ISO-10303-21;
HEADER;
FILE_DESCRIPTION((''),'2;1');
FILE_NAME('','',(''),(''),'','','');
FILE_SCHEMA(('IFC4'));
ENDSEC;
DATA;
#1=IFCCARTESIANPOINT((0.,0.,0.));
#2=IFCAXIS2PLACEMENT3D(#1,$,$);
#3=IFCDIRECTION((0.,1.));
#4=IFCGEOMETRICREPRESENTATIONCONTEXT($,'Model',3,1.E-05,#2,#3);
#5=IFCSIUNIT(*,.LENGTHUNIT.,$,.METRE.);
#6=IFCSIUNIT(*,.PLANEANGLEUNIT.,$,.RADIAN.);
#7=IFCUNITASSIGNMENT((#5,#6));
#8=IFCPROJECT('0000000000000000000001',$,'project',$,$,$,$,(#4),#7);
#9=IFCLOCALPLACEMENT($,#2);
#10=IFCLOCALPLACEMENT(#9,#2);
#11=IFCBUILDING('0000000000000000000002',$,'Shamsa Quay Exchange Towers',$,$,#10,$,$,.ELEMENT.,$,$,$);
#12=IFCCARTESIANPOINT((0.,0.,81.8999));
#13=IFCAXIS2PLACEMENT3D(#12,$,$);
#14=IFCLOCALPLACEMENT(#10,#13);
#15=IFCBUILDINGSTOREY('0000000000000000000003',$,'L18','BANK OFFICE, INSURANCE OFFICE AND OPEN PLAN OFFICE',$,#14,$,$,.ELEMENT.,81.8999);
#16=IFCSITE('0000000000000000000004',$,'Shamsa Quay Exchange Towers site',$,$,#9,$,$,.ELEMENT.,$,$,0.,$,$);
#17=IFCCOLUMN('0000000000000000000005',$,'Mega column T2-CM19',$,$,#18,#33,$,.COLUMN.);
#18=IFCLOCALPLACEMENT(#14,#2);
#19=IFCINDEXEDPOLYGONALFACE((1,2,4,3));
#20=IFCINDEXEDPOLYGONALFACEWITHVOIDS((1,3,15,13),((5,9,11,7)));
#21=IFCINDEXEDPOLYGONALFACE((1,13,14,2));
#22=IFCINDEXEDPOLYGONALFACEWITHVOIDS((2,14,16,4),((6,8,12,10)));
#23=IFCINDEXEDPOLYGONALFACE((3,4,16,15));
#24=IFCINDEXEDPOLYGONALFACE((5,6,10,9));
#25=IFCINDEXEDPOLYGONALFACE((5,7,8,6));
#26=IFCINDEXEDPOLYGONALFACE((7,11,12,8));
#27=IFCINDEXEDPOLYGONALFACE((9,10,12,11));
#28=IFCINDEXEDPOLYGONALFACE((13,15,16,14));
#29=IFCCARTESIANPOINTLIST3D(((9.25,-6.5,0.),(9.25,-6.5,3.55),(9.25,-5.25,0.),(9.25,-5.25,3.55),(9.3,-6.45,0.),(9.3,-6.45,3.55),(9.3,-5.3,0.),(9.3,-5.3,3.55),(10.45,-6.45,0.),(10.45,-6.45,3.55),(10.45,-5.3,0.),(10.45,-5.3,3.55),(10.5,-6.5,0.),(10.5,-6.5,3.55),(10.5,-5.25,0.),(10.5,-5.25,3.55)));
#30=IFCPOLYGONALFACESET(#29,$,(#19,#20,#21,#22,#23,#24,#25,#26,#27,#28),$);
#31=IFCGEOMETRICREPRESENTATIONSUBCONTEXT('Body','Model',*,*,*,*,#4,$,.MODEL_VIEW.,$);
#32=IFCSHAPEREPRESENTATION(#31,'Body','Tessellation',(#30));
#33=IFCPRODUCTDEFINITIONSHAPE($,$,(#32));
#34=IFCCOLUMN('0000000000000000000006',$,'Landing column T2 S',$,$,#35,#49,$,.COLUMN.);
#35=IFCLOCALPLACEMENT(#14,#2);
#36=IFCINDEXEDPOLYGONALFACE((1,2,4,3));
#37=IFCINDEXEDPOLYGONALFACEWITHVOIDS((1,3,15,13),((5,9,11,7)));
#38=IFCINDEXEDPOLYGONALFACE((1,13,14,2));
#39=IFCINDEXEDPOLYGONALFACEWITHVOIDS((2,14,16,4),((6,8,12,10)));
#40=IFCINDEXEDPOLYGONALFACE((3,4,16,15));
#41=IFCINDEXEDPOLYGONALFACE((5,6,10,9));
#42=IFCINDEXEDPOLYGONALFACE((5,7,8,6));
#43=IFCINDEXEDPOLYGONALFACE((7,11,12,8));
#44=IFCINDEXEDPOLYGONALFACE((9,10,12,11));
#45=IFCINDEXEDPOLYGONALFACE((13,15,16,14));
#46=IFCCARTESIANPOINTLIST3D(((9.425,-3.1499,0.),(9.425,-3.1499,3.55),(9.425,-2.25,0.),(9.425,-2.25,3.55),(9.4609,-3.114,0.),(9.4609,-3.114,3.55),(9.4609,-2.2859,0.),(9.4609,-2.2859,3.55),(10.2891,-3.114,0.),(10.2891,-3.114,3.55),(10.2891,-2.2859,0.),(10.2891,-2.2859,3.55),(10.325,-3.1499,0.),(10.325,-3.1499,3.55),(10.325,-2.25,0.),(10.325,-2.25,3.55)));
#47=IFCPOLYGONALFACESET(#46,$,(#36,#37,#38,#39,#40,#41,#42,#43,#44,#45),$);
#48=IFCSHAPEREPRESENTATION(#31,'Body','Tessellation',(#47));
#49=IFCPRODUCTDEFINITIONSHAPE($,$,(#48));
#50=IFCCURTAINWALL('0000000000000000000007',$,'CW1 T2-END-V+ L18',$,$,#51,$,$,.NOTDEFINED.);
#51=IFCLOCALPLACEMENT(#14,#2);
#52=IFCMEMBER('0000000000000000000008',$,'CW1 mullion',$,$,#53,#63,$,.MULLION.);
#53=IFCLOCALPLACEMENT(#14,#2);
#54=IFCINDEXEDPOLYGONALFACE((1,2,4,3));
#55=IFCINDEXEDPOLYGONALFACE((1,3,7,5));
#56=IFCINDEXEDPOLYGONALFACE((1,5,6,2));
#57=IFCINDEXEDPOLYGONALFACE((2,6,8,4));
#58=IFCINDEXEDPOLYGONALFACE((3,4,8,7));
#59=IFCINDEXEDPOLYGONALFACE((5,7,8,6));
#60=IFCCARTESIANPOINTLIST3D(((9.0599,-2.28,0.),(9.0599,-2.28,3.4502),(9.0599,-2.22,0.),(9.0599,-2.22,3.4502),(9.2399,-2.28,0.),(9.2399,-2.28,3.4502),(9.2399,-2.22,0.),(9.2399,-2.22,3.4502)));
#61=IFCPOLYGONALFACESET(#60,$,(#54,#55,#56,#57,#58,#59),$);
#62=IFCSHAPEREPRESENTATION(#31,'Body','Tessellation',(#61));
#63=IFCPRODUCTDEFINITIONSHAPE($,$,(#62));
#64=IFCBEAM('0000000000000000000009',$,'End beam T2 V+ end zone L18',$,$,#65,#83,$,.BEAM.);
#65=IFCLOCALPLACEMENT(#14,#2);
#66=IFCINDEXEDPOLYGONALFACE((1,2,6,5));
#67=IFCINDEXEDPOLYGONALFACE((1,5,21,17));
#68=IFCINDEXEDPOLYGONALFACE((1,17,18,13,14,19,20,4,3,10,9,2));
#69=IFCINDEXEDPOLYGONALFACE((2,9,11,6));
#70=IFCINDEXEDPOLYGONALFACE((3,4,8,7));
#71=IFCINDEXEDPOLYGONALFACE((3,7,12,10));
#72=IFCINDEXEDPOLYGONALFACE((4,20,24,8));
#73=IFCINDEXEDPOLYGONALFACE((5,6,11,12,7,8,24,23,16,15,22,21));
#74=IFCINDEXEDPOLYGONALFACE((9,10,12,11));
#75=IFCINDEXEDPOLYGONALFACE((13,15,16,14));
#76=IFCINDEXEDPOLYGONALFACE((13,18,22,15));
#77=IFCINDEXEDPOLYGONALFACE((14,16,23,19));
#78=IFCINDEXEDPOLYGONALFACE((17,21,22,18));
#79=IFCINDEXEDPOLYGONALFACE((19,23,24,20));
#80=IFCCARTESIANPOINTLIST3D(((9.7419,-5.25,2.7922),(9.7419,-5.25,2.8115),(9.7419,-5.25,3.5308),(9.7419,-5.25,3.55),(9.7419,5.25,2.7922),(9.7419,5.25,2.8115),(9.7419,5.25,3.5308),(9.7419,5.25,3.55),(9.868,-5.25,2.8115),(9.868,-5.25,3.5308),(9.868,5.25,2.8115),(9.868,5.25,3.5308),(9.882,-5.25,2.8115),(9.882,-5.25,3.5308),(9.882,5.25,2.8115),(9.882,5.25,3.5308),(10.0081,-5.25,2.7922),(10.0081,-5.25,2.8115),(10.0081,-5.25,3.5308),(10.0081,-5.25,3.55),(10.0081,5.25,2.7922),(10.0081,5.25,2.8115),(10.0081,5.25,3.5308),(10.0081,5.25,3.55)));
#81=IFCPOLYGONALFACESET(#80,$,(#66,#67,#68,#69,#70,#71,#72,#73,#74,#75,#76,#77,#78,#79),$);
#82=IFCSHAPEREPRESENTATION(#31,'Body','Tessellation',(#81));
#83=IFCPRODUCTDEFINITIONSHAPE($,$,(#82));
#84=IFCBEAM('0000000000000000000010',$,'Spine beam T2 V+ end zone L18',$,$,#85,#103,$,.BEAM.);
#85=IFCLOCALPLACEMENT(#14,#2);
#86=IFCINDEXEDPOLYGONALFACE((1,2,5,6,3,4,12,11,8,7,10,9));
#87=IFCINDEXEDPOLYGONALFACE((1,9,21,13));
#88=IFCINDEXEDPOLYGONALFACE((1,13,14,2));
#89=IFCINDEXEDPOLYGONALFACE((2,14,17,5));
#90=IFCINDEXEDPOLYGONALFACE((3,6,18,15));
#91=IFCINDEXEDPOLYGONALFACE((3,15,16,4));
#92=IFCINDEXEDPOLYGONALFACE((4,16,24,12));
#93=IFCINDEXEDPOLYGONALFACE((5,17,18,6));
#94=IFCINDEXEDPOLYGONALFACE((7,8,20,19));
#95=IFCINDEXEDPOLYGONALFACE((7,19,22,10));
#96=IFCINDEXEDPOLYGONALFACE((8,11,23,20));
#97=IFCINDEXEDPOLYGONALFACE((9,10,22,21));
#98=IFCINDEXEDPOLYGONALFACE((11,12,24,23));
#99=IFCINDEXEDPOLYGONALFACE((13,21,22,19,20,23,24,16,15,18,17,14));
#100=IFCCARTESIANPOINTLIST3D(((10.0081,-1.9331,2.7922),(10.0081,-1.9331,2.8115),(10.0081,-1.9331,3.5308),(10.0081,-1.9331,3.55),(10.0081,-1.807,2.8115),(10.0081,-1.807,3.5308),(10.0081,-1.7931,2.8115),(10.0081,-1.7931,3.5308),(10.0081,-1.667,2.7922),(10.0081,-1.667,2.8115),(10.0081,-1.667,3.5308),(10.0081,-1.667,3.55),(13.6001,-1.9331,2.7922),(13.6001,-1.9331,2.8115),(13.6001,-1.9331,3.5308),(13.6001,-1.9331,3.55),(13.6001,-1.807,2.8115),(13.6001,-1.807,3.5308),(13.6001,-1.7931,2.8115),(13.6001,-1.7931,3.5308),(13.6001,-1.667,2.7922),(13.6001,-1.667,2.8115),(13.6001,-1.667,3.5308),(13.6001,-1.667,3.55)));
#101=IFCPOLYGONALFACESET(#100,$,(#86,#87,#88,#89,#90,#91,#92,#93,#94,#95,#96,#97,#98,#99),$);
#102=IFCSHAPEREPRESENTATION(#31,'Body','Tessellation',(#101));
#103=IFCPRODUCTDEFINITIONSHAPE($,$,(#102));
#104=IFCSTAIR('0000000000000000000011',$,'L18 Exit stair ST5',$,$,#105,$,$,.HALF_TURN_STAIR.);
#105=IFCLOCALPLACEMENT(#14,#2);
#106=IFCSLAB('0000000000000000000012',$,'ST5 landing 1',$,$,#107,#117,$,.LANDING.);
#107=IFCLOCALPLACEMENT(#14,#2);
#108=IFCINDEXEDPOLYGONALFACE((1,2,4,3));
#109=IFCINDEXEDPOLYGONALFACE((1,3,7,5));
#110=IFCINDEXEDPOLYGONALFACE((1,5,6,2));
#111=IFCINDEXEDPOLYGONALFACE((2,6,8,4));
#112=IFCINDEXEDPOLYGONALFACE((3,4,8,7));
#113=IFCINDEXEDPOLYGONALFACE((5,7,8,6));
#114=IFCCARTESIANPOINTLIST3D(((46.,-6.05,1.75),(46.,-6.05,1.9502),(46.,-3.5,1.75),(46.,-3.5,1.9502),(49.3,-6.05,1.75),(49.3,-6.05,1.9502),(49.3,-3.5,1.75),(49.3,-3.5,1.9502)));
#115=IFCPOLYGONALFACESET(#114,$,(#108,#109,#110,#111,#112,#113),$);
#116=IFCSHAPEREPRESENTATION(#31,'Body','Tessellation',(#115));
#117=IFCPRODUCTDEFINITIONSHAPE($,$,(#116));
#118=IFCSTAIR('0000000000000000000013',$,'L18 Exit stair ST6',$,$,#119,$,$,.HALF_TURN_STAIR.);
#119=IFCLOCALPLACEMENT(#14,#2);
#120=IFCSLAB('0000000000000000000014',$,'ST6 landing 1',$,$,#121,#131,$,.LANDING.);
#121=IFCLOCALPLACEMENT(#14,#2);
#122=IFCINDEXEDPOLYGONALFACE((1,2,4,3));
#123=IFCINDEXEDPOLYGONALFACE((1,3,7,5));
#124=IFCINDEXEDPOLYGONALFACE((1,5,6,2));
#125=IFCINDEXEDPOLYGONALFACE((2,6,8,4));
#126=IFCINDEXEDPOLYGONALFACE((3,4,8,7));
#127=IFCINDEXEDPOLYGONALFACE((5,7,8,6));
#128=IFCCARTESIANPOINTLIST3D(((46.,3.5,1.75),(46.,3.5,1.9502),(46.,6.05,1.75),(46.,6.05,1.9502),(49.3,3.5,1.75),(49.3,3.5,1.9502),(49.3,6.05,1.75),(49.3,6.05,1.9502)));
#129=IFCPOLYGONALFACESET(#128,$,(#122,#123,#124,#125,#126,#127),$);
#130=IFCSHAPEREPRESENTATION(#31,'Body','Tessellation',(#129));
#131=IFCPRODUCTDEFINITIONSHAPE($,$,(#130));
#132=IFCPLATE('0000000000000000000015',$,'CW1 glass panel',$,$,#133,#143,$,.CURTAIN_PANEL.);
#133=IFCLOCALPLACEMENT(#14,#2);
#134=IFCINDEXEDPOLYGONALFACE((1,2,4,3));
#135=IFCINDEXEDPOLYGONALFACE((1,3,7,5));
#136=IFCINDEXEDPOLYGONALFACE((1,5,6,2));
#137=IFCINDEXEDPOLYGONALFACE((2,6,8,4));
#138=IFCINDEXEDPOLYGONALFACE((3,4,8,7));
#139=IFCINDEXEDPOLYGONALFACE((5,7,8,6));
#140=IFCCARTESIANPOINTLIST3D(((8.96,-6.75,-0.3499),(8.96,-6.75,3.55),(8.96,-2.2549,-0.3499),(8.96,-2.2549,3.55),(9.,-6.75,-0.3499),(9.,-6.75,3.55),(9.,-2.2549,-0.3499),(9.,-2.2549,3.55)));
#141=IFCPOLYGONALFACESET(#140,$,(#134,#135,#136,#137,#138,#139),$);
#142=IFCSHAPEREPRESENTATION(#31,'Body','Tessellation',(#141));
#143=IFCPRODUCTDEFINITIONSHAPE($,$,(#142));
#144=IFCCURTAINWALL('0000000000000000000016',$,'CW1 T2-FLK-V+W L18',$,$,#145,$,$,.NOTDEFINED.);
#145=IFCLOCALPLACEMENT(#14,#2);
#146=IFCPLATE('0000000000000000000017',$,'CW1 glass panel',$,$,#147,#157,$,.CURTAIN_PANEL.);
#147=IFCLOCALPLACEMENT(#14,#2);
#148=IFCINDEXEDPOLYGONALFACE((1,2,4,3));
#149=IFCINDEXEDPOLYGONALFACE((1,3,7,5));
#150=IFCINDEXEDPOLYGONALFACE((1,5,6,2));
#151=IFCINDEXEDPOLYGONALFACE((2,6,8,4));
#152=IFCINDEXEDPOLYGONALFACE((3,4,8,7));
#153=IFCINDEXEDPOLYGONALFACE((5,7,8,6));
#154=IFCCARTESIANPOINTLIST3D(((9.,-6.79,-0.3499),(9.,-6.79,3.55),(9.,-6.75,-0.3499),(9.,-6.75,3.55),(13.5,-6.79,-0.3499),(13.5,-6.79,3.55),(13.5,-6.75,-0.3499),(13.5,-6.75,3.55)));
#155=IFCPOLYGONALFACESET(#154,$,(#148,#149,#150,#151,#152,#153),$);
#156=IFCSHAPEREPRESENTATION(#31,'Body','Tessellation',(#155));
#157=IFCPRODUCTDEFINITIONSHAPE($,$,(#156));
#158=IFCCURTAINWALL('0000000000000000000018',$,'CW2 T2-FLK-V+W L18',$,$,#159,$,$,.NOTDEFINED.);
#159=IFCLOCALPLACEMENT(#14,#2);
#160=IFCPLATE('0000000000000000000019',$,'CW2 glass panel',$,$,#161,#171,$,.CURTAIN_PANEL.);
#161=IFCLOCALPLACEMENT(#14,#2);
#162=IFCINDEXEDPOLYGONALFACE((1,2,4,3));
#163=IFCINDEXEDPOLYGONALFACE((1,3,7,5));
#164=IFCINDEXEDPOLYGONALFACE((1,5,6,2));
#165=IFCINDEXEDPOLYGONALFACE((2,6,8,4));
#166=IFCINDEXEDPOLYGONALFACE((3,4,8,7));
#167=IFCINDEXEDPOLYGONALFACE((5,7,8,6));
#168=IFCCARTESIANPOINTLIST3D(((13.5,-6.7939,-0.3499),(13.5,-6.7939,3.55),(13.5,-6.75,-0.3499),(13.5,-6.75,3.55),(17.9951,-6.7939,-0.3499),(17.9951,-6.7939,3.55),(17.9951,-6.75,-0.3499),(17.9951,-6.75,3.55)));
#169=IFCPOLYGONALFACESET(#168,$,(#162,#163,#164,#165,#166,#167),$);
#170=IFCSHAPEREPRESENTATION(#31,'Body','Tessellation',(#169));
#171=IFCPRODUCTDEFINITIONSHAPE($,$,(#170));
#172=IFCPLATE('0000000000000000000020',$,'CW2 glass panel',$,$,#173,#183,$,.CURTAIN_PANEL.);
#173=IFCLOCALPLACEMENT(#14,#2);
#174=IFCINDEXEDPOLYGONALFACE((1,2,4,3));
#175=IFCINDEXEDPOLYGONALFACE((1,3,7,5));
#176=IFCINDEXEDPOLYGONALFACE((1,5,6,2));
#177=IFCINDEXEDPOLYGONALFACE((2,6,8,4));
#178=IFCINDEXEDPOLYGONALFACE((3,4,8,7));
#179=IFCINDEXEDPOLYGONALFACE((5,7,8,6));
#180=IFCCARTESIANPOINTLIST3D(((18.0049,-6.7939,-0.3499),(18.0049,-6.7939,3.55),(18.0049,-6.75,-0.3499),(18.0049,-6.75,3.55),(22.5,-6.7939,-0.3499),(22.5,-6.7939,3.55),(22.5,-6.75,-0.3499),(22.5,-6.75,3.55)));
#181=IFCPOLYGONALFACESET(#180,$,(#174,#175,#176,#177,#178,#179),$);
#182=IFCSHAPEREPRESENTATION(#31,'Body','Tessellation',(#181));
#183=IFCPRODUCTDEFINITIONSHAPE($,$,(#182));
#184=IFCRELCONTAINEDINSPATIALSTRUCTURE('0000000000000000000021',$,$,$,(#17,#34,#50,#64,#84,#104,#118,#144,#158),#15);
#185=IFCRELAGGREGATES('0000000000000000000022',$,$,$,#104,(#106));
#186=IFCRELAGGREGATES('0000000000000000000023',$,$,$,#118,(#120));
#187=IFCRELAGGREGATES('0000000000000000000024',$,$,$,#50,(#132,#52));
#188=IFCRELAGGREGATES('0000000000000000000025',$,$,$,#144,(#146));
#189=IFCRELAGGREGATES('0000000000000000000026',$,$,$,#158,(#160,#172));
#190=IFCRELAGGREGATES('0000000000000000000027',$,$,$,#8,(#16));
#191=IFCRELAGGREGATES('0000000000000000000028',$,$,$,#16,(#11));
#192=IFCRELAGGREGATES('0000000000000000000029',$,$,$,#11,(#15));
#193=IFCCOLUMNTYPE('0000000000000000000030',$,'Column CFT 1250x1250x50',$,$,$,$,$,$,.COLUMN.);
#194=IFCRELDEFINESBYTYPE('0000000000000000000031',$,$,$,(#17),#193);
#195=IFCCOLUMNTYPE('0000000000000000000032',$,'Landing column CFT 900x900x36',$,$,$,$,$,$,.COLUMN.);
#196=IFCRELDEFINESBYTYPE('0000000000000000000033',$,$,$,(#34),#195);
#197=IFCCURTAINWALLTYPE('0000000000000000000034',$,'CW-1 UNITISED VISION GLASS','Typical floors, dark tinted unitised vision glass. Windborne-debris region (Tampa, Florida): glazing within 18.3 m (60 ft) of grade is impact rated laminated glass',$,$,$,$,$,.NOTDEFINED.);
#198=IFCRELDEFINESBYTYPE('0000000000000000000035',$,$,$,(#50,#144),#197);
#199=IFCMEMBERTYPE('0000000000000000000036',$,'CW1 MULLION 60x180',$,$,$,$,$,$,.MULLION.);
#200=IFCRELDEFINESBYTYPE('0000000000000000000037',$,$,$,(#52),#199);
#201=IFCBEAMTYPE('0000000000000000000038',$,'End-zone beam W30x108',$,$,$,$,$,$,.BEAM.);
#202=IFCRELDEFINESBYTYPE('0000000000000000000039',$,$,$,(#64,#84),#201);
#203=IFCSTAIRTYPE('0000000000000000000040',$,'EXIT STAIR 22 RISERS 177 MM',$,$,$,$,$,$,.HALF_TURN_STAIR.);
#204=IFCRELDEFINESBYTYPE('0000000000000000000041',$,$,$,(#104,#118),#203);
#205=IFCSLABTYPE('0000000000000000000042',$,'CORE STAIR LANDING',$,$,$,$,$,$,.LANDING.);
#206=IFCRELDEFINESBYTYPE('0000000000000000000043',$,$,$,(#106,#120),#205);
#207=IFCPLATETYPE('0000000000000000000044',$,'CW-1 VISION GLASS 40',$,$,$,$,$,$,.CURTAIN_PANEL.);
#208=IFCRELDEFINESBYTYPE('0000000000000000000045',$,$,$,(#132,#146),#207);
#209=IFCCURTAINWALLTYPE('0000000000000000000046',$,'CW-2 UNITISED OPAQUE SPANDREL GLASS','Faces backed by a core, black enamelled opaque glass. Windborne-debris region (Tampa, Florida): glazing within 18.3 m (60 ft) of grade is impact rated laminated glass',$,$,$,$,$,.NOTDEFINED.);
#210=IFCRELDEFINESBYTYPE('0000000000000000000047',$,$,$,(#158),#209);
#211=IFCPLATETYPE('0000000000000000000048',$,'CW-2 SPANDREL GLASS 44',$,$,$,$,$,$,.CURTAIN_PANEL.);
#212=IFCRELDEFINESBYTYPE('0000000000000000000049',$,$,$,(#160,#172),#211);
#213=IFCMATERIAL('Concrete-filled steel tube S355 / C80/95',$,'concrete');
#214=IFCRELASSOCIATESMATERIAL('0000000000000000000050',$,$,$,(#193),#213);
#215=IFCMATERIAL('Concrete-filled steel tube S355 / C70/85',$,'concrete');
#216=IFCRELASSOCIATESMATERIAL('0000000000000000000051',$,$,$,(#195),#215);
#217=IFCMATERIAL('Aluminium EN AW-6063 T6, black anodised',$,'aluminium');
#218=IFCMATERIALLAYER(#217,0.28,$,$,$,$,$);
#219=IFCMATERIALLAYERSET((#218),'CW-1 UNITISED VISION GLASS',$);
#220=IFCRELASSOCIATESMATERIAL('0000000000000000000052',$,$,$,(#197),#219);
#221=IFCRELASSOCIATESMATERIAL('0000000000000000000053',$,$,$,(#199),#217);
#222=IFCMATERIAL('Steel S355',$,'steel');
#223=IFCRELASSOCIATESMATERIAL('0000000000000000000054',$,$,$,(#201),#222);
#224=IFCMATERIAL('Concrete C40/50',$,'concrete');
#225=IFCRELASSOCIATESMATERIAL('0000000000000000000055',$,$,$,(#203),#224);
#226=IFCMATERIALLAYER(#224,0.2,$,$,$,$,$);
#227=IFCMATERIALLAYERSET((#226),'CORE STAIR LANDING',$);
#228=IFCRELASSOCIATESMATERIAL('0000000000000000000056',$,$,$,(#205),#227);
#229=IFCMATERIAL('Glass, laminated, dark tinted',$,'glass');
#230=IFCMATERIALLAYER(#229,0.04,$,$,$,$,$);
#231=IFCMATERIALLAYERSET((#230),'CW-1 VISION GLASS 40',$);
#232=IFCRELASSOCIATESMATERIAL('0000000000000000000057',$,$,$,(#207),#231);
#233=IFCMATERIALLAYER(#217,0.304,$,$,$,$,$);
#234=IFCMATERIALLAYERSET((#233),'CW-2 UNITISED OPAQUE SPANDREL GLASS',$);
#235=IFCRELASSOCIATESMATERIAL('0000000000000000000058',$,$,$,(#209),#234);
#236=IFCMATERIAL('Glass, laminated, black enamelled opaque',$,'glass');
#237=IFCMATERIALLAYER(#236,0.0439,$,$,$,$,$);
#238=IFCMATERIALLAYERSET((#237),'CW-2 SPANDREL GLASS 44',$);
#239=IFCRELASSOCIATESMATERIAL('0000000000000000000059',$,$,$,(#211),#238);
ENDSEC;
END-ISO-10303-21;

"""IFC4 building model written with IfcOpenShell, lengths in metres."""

from ifc_helpers import new_model, si_unit, direction, frame, origin, origin_2d, place, context, subcontext, project, spatial, polyline, rectangle, hollow_rectangle, i_section, outline, extrude, material, layer, layer_set, material_profile, profile_set, type_object, element, aggregate, save


model = new_model("IFC4")

# Units and contexts
model_context = context("Model", 3, precision=1e-05, world=origin(), true_north=direction((0.0, 1.0)))
body_context = subcontext(model_context, "Body", "Model", "MODEL_VIEW")
ifc_project = project(units=[si_unit("LENGTHUNIT", "METRE"), si_unit("PLANEANGLEUNIT", "RADIAN")], contexts=[model_context])

# Site, building, storey
site_placement = place(None, origin())
site = spatial("IfcSite", under=ifc_project, at=site_placement, Name="Shamsa Quay Exchange Towers site", CompositionType="ELEMENT", RefElevation=0.0)
building_placement = place(site_placement, origin())
building = spatial("IfcBuilding", under=site, at=building_placement, Name="Shamsa Quay Exchange Towers", CompositionType="ELEMENT")
storey_placement = place(building_placement, frame((0.0, 0.0, 81.8999)))
storey = spatial("IfcBuildingStorey", under=building, at=storey_placement, Name="L18", Description="BANK OFFICE, INSURANCE OFFICE AND OPEN PLAN OFFICE", CompositionType="ELEMENT", Elevation=81.8999)

# Columns
ifc_material_1 = material(Name="Concrete-filled steel tube S355 / C80/95", Category="concrete")
ifc_material_profile_1 = material_profile(ifc_material_1, hollow_rectangle(XDim=1.25, YDim=1.25, WallThickness=0.05, at=origin_2d()), Name="CFT 1250x1250x50")
ifc_profile_set_1 = profile_set([ifc_material_profile_1], Name="Concrete-filled steel tube S355 / C80/95")
column_type_1 = type_object("IfcColumnType", Name="Column CFT 1250x1250x50", PredefinedType="COLUMN", material=ifc_profile_set_1)
column_1_placement = place(storey_placement, frame((9.875, -5.875, 0.0)))
element("IfcColumn", 1, at=column_1_placement, inside=storey, type_object=column_type_1, Name="Mega column T2-CM19", PredefinedType="COLUMN", context=body_context, shape_type="SweptSolid", body=[
    extrude(hollow_rectangle(XDim=1.25, YDim=1.25, WallThickness=0.05, at=origin_2d()), origin(), (0.0, 0.0, 1.0), 3.55),
])
ifc_material_2 = material(Name="Concrete-filled steel tube S355 / C70/85", Category="concrete")
ifc_material_profile_2 = material_profile(ifc_material_2, hollow_rectangle(XDim=0.8999, YDim=0.8999, WallThickness=0.0359, at=origin_2d()), Name="CFT 900x900x36")
ifc_profile_set_2 = profile_set([ifc_material_profile_2], Name="Concrete-filled steel tube S355 / C70/85")
column_type_2 = type_object("IfcColumnType", Name="Landing column CFT 900x900x36", PredefinedType="COLUMN", material=ifc_profile_set_2)
column_2_placement = place(storey_placement, frame((9.875, -2.7, 0.0)))
element("IfcColumn", 2, at=column_2_placement, inside=storey, type_object=column_type_2, Name="Landing column T2 S", PredefinedType="COLUMN", context=body_context, shape_type="SweptSolid", body=[
    extrude(hollow_rectangle(XDim=0.8999, YDim=0.8999, WallThickness=0.0359, at=origin_2d()), origin(), (0.0, 0.0, 1.0), 3.55),
])

# Curtain wall, member
ifc_material_3 = material(Name="Aluminium EN AW-6063 T6, black anodised", Category="aluminium")
ifc_layer_1 = layer(ifc_material_3, 0.28)
ifc_layer_set_1 = layer_set([ifc_layer_1], Name="CW-1 UNITISED VISION GLASS")
curtain_wall_type_1 = type_object("IfcCurtainWallType", Name="CW-1 UNITISED VISION GLASS", Description="Typical floors, dark tinted unitised vision glass. Windborne-debris region (Tampa, Florida): glazing within 18.3 m (60 ft) of grade is impact rated laminated glass", PredefinedType="NOTDEFINED", material=ifc_layer_set_1)
curtain_wall_1_placement = place(storey_placement, origin())
curtain_wall_1 = element("IfcCurtainWall", 3, at=curtain_wall_1_placement, inside=storey, type_object=curtain_wall_type_1, Name="CW1 T2-END-V+ L18", PredefinedType="NOTDEFINED")
ifc_material_profile_3 = material_profile(ifc_material_3, rectangle(XDim=0.1799, YDim=0.0601, at=origin_2d()), Name="MU60x180")
ifc_profile_set_3 = profile_set([ifc_material_profile_3], Name="Aluminium EN AW-6063 T6, black anodised")
member_type = type_object("IfcMemberType", Name="CW1 MULLION 60x180", PredefinedType="MULLION", material=ifc_profile_set_3)
member_placement = place(storey_placement, frame((9.1499, -2.25, 0.0)))
member = element("IfcMember", 4, at=member_placement, type_object=member_type, Name="CW1 mullion", PredefinedType="MULLION", context=body_context, shape_type="SweptSolid", body=[
    extrude(rectangle(XDim=0.1799, YDim=0.0601, at=origin_2d()), origin(), (0.0, 0.0, 1.0), 3.4502),
])

# Beams
ifc_material_4 = material(Name="Steel S355", Category="steel")
ifc_material_profile_4 = material_profile(ifc_material_4, i_section(OverallWidth=0.2661, OverallDepth=0.7578, WebThickness=0.0139, FlangeThickness=0.0193, at=origin_2d()), Name="W30x108")
ifc_profile_set_4 = profile_set([ifc_material_profile_4], Name="Steel S355")
beam_type = type_object("IfcBeamType", Name="End-zone beam W30x108", PredefinedType="BEAM", material=ifc_profile_set_4)
beam_1_placement = place(storey_placement, frame((9.875, -5.25, 3.1711), z_axis=(0.0, 1.0, 0.0), x_axis=(-1.0, 0.0, 0.0)))
element("IfcBeam", 5, at=beam_1_placement, inside=storey, type_object=beam_type, Name="End beam T2 V+ end zone L18", PredefinedType="BEAM", context=body_context, shape_type="SweptSolid", body=[
    extrude(i_section(OverallWidth=0.2661, OverallDepth=0.7578, WebThickness=0.0139, FlangeThickness=0.0193, at=origin_2d()), origin(), (0.0, 0.0, 1.0), 10.5),
])
beam_2_placement = place(storey_placement, frame((13.6001, -1.8, 3.1711), z_axis=(-1.0, 0.0, 0.0), x_axis=(0.0, -1.0, 0.0)))
element("IfcBeam", 6, at=beam_2_placement, inside=storey, type_object=beam_type, Name="Spine beam T2 V+ end zone L18", PredefinedType="BEAM", context=body_context, shape_type="SweptSolid", body=[
    extrude(i_section(OverallWidth=0.2661, OverallDepth=0.7578, WebThickness=0.0139, FlangeThickness=0.0193, at=origin_2d()), origin(), (0.0, 0.0, 1.0), 3.592),
])

# Stairs, slabs
ifc_material_5 = material(Name="Concrete C40/50", Category="concrete")
stair_type = type_object("IfcStairType", Name="EXIT STAIR 22 RISERS 177 MM", PredefinedType="HALF_TURN_STAIR", material=ifc_material_5)
stair_1_placement = place(storey_placement, origin())
stair_1 = element("IfcStair", 7, at=stair_1_placement, inside=storey, type_object=stair_type, Name="L18 Exit stair ST5", PredefinedType="HALF_TURN_STAIR")
ifc_layer_2 = layer(ifc_material_5, 0.2)
ifc_layer_set_2 = layer_set([ifc_layer_2], Name="CORE STAIR LANDING")
slab_type = type_object("IfcSlabType", Name="CORE STAIR LANDING", PredefinedType="LANDING", material=ifc_layer_set_2)
slab_1_placement = place(storey_placement, frame((0.0, 0.0, 1.75)))
slab_1 = element("IfcSlab", 8, at=slab_1_placement, type_object=slab_type, Name="ST5 landing 1", PredefinedType="LANDING", context=body_context, shape_type="SweptSolid", body=[
    extrude(outline(polyline([(49.3, -3.5), (46.0, -3.5), (46.0, -6.05), (49.3, -6.05), (49.3, -3.5)])), origin(), (0.0, 0.0, 1.0), 0.2002),
])
aggregate(stair_1, [slab_1])
stair_2_placement = place(storey_placement, origin())
stair_2 = element("IfcStair", 9, at=stair_2_placement, inside=storey, type_object=stair_type, Name="L18 Exit stair ST6", PredefinedType="HALF_TURN_STAIR")
slab_2_placement = place(storey_placement, frame((0.0, 0.0, 1.75)))
slab_2 = element("IfcSlab", 10, at=slab_2_placement, type_object=slab_type, Name="ST6 landing 1", PredefinedType="LANDING", context=body_context, shape_type="SweptSolid", body=[
    extrude(outline(polyline([(49.3, 6.05), (46.0, 6.05), (46.0, 3.5), (49.3, 3.5), (49.3, 6.05)])), origin(), (0.0, 0.0, 1.0), 0.2002),
])
aggregate(stair_2, [slab_2])

# Plate
ifc_material_6 = material(Name="Glass, laminated, dark tinted", Category="glass")
ifc_layer_3 = layer(ifc_material_6, 0.04)
ifc_layer_set_3 = layer_set([ifc_layer_3], Name="CW-1 VISION GLASS 40")
plate_type_1 = type_object("IfcPlateType", Name="CW-1 VISION GLASS 40", PredefinedType="CURTAIN_PANEL", material=ifc_layer_set_3)
plate_1_placement = place(storey_placement, frame((8.98, -4.5024, -0.3499), z_axis=(0.0, 0.0, 1.0), x_axis=(0.0, -1.0, 0.0)))
plate_1 = element("IfcPlate", 11, at=plate_1_placement, type_object=plate_type_1, Name="CW1 glass panel", PredefinedType="CURTAIN_PANEL", context=body_context, shape_type="SweptSolid", body=[
    extrude(rectangle(XDim=4.4951, YDim=0.04, at=origin_2d()), origin(), (0.0, 0.0, 1.0), 3.8999),
])
aggregate(curtain_wall_1, [plate_1, member])

# Curtain wall, plate
curtain_wall_2_placement = place(storey_placement, origin())
curtain_wall_2 = element("IfcCurtainWall", 12, at=curtain_wall_2_placement, inside=storey, type_object=curtain_wall_type_1, Name="CW1 T2-FLK-V+W L18", PredefinedType="NOTDEFINED")
plate_2_placement = place(storey_placement, frame((11.25, -6.77, -0.3499)))
plate_2 = element("IfcPlate", 13, at=plate_2_placement, type_object=plate_type_1, Name="CW1 glass panel", PredefinedType="CURTAIN_PANEL", context=body_context, shape_type="SweptSolid", body=[
    extrude(rectangle(XDim=4.5, YDim=0.04, at=origin_2d()), origin(), (0.0, 0.0, 1.0), 3.8999),
])
aggregate(curtain_wall_2, [plate_2])

# Curtain wall, plates
ifc_layer_4 = layer(ifc_material_3, 0.304)
ifc_layer_set_4 = layer_set([ifc_layer_4], Name="CW-2 UNITISED OPAQUE SPANDREL GLASS")
curtain_wall_type_2 = type_object("IfcCurtainWallType", Name="CW-2 UNITISED OPAQUE SPANDREL GLASS", Description="Faces backed by a core, black enamelled opaque glass. Windborne-debris region (Tampa, Florida): glazing within 18.3 m (60 ft) of grade is impact rated laminated glass", PredefinedType="NOTDEFINED", material=ifc_layer_set_4)
curtain_wall_3_placement = place(storey_placement, origin())
curtain_wall_3 = element("IfcCurtainWall", 14, at=curtain_wall_3_placement, inside=storey, type_object=curtain_wall_type_2, Name="CW2 T2-FLK-V+W L18", PredefinedType="NOTDEFINED")
ifc_material_7 = material(Name="Glass, laminated, black enamelled opaque", Category="glass")
ifc_layer_5 = layer(ifc_material_7, 0.0439)
ifc_layer_set_5 = layer_set([ifc_layer_5], Name="CW-2 SPANDREL GLASS 44")
plate_type_2 = type_object("IfcPlateType", Name="CW-2 SPANDREL GLASS 44", PredefinedType="CURTAIN_PANEL", material=ifc_layer_set_5)
plate_3_placement = place(storey_placement, frame((15.7476, -6.772, -0.3499)))
plate_3 = element("IfcPlate", 15, at=plate_3_placement, type_object=plate_type_2, Name="CW2 glass panel", PredefinedType="CURTAIN_PANEL", context=body_context, shape_type="SweptSolid", body=[
    extrude(rectangle(XDim=4.4951, YDim=0.0439, at=origin_2d()), origin(), (0.0, 0.0, 1.0), 3.8999),
])
plate_4_placement = place(storey_placement, frame((20.2524, -6.772, -0.3499)))
plate_4 = element("IfcPlate", 16, at=plate_4_placement, type_object=plate_type_2, Name="CW2 glass panel", PredefinedType="CURTAIN_PANEL", context=body_context, shape_type="SweptSolid", body=[
    extrude(rectangle(XDim=4.4951, YDim=0.0439, at=origin_2d()), origin(), (0.0, 0.0, 1.0), 3.8999),
])
aggregate(curtain_wall_3, [plate_3, plate_4])

save(model, "model.ifc")
